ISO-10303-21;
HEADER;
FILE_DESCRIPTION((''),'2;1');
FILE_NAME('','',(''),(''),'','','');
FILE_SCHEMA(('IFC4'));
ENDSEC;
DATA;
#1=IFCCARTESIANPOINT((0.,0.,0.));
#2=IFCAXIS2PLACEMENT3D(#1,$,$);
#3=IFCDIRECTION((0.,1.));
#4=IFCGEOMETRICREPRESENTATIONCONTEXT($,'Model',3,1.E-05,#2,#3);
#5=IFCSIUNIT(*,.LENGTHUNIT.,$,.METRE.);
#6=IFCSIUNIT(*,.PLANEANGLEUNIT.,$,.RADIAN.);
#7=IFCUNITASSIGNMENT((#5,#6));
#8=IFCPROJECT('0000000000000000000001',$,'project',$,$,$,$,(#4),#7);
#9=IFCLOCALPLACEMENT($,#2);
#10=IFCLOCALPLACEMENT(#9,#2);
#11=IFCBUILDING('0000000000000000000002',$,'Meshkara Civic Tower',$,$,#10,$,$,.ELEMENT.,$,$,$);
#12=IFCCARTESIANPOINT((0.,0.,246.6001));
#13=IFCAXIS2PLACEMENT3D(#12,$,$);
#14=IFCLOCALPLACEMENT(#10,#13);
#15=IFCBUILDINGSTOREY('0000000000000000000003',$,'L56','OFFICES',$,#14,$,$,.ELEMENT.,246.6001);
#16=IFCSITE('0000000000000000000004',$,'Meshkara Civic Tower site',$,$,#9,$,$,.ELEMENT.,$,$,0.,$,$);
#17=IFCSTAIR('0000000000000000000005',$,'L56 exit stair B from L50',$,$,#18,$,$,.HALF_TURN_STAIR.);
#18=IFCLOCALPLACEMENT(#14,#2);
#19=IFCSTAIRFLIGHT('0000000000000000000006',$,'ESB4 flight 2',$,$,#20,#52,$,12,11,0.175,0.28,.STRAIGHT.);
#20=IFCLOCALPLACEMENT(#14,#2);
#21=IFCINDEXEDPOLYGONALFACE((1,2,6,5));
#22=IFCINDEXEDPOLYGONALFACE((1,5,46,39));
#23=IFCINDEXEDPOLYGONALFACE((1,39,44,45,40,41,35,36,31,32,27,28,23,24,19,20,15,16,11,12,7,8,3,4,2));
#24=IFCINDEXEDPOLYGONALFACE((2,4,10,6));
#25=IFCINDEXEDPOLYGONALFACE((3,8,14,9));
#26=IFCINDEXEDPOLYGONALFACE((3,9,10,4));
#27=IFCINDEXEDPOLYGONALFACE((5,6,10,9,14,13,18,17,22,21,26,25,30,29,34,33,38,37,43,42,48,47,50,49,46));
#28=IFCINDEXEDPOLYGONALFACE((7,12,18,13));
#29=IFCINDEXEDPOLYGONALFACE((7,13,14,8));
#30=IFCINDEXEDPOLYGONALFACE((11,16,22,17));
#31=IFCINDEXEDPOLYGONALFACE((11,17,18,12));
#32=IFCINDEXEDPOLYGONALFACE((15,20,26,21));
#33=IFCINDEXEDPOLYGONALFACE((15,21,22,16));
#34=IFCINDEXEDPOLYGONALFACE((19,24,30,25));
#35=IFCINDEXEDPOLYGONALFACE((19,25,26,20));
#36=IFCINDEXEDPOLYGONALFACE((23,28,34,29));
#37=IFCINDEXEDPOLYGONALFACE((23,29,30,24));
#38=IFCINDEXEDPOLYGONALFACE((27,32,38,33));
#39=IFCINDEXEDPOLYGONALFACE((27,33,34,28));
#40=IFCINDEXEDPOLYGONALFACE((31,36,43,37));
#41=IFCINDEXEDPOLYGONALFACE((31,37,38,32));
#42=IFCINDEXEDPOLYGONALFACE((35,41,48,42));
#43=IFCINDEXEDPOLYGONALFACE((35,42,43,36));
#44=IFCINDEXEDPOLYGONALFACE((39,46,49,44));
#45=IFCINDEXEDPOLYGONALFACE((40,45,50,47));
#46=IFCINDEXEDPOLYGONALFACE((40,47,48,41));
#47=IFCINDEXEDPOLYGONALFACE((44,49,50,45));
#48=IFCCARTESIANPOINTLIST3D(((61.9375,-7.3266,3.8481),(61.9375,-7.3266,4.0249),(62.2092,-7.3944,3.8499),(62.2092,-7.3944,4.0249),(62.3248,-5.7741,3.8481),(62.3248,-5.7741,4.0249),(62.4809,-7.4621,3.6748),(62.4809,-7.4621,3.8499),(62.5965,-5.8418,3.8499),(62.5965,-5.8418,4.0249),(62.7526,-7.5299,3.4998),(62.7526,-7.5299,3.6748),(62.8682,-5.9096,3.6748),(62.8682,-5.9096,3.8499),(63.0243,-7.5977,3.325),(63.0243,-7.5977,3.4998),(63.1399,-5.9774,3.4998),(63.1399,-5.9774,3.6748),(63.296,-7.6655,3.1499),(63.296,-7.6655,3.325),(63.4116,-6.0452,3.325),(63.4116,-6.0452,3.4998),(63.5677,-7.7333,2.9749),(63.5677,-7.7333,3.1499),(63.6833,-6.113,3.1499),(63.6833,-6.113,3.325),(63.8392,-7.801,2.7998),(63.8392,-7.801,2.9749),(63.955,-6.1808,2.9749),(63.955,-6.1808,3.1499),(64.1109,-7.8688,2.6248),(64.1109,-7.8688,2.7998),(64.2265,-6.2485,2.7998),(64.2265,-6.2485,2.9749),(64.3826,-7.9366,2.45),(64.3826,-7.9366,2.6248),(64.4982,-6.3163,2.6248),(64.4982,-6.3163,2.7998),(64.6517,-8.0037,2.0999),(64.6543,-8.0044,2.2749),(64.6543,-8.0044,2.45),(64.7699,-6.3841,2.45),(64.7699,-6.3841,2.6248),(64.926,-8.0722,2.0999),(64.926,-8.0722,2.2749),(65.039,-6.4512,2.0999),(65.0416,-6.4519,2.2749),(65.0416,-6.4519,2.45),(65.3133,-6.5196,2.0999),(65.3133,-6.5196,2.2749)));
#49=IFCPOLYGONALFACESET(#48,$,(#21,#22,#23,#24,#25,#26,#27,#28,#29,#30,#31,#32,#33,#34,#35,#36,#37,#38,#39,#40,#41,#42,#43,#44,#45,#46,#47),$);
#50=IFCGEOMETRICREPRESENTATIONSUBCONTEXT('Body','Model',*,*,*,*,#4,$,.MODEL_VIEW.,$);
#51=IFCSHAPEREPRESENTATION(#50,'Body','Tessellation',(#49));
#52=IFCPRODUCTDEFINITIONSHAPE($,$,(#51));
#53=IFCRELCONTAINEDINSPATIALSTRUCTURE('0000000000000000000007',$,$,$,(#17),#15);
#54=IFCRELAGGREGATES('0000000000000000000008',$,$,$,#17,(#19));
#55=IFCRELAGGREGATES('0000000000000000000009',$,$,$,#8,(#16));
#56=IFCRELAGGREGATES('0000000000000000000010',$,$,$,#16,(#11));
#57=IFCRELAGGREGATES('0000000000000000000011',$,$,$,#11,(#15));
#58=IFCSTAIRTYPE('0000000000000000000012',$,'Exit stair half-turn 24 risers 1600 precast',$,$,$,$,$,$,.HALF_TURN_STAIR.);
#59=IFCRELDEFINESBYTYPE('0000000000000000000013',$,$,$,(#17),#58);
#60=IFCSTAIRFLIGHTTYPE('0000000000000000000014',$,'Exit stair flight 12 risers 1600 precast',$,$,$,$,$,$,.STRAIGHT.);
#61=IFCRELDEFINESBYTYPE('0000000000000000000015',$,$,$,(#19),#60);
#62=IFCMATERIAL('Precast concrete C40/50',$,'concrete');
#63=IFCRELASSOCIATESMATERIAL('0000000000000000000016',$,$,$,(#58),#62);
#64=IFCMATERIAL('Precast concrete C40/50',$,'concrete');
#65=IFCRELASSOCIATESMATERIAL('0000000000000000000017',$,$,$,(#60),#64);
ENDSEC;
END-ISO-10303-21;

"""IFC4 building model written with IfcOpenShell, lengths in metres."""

from ifc_helpers import new_model, si_unit, direction, frame, origin, place, context, subcontext, project, spatial, polyline, outline, extrude, material, type_object, element, aggregate, save


model = new_model("IFC4")

# Units and contexts
model_context = context("Model", 3, precision=1e-05, world=origin(), true_north=direction((0.0, 1.0)))
body_context = subcontext(model_context, "Body", "Model", "MODEL_VIEW")
ifc_project = project(units=[si_unit("LENGTHUNIT", "METRE"), si_unit("PLANEANGLEUNIT", "RADIAN")], contexts=[model_context])

# Site, building, storey
site_placement = place(None, origin())
site = spatial("IfcSite", under=ifc_project, at=site_placement, Name="Meshkara Civic Tower site", CompositionType="ELEMENT", RefElevation=0.0)
building_placement = place(site_placement, origin())
building = spatial("IfcBuilding", under=site, at=building_placement, Name="Meshkara Civic Tower", CompositionType="ELEMENT")
storey_placement = place(building_placement, frame((0.0, 0.0, 246.6001)))
storey = spatial("IfcBuildingStorey", under=building, at=storey_placement, Name="L56", Description="OFFICES", CompositionType="ELEMENT", Elevation=246.6001)

# Stair, stair flight
ifc_material_1 = material(Name="Precast concrete C40/50", Category="concrete")
stair_type = type_object("IfcStairType", Name="Exit stair half-turn 24 risers 1600 precast", PredefinedType="HALF_TURN_STAIR", material=ifc_material_1)
stair_placement = place(storey_placement, origin())
stair = element("IfcStair", 1, at=stair_placement, inside=storey, type_object=stair_type, Name="L56 exit stair B from L50", PredefinedType="HALF_TURN_STAIR")
ifc_material_2 = material(Name="Precast concrete C40/50", Category="concrete")
stair_flight_type = type_object("IfcStairFlightType", Name="Exit stair flight 12 risers 1600 precast", PredefinedType="STRAIGHT", material=ifc_material_2)
stair_flight_1_placement = place(storey_placement, frame((65.1196, -7.2959, 2.0999), z_axis=(0.0, 0.0, 1.0), x_axis=(-0.97026, 0.242065, 0.0)))
stair_flight_1 = element("IfcStairFlight", 2, at=stair_flight_1_placement, type_object=stair_flight_type, Name="ESB4 flight 2", NumberOfRisers=12, NumberOfTreads=11, PredefinedType="STRAIGHT", RiserHeight=0.175, TreadLength=0.28, context=body_context, shape_type="SweptSolid", body=[
    extrude(outline(polyline([(0.0, 0.0), (0.0, 0.175), (0.28, 0.175), (0.28, 0.3501), (0.5601, 0.3501), (0.5601, 0.5249), (0.8401, 0.5249), (0.8401, 0.7), (1.1201, 0.7), (1.1201, 0.875), (1.3999, 0.875), (1.3999, 1.05), (1.6799, 1.05), (1.6799, 1.2251), (1.96, 1.2251), (1.96, 1.3999), (2.24, 1.3999), (2.24, 1.575), (2.52, 1.575), (2.52, 1.75), (2.8, 1.75), (2.8, 1.925), (3.0801, 1.925), (3.0801, 2.1001), (3.0801, 1.7483), (0.2827, 0.0), (0.0, 0.0)])), frame((0.0, 0.8, 0.0), z_axis=(0.0, -1.0, 0.0), x_axis=(1.0, 0.0, 0.0)), (0.0, 0.0, 1.0), 1.6001),
])
aggregate(stair, [stair_flight_1])

save(model, "model.ifc")
